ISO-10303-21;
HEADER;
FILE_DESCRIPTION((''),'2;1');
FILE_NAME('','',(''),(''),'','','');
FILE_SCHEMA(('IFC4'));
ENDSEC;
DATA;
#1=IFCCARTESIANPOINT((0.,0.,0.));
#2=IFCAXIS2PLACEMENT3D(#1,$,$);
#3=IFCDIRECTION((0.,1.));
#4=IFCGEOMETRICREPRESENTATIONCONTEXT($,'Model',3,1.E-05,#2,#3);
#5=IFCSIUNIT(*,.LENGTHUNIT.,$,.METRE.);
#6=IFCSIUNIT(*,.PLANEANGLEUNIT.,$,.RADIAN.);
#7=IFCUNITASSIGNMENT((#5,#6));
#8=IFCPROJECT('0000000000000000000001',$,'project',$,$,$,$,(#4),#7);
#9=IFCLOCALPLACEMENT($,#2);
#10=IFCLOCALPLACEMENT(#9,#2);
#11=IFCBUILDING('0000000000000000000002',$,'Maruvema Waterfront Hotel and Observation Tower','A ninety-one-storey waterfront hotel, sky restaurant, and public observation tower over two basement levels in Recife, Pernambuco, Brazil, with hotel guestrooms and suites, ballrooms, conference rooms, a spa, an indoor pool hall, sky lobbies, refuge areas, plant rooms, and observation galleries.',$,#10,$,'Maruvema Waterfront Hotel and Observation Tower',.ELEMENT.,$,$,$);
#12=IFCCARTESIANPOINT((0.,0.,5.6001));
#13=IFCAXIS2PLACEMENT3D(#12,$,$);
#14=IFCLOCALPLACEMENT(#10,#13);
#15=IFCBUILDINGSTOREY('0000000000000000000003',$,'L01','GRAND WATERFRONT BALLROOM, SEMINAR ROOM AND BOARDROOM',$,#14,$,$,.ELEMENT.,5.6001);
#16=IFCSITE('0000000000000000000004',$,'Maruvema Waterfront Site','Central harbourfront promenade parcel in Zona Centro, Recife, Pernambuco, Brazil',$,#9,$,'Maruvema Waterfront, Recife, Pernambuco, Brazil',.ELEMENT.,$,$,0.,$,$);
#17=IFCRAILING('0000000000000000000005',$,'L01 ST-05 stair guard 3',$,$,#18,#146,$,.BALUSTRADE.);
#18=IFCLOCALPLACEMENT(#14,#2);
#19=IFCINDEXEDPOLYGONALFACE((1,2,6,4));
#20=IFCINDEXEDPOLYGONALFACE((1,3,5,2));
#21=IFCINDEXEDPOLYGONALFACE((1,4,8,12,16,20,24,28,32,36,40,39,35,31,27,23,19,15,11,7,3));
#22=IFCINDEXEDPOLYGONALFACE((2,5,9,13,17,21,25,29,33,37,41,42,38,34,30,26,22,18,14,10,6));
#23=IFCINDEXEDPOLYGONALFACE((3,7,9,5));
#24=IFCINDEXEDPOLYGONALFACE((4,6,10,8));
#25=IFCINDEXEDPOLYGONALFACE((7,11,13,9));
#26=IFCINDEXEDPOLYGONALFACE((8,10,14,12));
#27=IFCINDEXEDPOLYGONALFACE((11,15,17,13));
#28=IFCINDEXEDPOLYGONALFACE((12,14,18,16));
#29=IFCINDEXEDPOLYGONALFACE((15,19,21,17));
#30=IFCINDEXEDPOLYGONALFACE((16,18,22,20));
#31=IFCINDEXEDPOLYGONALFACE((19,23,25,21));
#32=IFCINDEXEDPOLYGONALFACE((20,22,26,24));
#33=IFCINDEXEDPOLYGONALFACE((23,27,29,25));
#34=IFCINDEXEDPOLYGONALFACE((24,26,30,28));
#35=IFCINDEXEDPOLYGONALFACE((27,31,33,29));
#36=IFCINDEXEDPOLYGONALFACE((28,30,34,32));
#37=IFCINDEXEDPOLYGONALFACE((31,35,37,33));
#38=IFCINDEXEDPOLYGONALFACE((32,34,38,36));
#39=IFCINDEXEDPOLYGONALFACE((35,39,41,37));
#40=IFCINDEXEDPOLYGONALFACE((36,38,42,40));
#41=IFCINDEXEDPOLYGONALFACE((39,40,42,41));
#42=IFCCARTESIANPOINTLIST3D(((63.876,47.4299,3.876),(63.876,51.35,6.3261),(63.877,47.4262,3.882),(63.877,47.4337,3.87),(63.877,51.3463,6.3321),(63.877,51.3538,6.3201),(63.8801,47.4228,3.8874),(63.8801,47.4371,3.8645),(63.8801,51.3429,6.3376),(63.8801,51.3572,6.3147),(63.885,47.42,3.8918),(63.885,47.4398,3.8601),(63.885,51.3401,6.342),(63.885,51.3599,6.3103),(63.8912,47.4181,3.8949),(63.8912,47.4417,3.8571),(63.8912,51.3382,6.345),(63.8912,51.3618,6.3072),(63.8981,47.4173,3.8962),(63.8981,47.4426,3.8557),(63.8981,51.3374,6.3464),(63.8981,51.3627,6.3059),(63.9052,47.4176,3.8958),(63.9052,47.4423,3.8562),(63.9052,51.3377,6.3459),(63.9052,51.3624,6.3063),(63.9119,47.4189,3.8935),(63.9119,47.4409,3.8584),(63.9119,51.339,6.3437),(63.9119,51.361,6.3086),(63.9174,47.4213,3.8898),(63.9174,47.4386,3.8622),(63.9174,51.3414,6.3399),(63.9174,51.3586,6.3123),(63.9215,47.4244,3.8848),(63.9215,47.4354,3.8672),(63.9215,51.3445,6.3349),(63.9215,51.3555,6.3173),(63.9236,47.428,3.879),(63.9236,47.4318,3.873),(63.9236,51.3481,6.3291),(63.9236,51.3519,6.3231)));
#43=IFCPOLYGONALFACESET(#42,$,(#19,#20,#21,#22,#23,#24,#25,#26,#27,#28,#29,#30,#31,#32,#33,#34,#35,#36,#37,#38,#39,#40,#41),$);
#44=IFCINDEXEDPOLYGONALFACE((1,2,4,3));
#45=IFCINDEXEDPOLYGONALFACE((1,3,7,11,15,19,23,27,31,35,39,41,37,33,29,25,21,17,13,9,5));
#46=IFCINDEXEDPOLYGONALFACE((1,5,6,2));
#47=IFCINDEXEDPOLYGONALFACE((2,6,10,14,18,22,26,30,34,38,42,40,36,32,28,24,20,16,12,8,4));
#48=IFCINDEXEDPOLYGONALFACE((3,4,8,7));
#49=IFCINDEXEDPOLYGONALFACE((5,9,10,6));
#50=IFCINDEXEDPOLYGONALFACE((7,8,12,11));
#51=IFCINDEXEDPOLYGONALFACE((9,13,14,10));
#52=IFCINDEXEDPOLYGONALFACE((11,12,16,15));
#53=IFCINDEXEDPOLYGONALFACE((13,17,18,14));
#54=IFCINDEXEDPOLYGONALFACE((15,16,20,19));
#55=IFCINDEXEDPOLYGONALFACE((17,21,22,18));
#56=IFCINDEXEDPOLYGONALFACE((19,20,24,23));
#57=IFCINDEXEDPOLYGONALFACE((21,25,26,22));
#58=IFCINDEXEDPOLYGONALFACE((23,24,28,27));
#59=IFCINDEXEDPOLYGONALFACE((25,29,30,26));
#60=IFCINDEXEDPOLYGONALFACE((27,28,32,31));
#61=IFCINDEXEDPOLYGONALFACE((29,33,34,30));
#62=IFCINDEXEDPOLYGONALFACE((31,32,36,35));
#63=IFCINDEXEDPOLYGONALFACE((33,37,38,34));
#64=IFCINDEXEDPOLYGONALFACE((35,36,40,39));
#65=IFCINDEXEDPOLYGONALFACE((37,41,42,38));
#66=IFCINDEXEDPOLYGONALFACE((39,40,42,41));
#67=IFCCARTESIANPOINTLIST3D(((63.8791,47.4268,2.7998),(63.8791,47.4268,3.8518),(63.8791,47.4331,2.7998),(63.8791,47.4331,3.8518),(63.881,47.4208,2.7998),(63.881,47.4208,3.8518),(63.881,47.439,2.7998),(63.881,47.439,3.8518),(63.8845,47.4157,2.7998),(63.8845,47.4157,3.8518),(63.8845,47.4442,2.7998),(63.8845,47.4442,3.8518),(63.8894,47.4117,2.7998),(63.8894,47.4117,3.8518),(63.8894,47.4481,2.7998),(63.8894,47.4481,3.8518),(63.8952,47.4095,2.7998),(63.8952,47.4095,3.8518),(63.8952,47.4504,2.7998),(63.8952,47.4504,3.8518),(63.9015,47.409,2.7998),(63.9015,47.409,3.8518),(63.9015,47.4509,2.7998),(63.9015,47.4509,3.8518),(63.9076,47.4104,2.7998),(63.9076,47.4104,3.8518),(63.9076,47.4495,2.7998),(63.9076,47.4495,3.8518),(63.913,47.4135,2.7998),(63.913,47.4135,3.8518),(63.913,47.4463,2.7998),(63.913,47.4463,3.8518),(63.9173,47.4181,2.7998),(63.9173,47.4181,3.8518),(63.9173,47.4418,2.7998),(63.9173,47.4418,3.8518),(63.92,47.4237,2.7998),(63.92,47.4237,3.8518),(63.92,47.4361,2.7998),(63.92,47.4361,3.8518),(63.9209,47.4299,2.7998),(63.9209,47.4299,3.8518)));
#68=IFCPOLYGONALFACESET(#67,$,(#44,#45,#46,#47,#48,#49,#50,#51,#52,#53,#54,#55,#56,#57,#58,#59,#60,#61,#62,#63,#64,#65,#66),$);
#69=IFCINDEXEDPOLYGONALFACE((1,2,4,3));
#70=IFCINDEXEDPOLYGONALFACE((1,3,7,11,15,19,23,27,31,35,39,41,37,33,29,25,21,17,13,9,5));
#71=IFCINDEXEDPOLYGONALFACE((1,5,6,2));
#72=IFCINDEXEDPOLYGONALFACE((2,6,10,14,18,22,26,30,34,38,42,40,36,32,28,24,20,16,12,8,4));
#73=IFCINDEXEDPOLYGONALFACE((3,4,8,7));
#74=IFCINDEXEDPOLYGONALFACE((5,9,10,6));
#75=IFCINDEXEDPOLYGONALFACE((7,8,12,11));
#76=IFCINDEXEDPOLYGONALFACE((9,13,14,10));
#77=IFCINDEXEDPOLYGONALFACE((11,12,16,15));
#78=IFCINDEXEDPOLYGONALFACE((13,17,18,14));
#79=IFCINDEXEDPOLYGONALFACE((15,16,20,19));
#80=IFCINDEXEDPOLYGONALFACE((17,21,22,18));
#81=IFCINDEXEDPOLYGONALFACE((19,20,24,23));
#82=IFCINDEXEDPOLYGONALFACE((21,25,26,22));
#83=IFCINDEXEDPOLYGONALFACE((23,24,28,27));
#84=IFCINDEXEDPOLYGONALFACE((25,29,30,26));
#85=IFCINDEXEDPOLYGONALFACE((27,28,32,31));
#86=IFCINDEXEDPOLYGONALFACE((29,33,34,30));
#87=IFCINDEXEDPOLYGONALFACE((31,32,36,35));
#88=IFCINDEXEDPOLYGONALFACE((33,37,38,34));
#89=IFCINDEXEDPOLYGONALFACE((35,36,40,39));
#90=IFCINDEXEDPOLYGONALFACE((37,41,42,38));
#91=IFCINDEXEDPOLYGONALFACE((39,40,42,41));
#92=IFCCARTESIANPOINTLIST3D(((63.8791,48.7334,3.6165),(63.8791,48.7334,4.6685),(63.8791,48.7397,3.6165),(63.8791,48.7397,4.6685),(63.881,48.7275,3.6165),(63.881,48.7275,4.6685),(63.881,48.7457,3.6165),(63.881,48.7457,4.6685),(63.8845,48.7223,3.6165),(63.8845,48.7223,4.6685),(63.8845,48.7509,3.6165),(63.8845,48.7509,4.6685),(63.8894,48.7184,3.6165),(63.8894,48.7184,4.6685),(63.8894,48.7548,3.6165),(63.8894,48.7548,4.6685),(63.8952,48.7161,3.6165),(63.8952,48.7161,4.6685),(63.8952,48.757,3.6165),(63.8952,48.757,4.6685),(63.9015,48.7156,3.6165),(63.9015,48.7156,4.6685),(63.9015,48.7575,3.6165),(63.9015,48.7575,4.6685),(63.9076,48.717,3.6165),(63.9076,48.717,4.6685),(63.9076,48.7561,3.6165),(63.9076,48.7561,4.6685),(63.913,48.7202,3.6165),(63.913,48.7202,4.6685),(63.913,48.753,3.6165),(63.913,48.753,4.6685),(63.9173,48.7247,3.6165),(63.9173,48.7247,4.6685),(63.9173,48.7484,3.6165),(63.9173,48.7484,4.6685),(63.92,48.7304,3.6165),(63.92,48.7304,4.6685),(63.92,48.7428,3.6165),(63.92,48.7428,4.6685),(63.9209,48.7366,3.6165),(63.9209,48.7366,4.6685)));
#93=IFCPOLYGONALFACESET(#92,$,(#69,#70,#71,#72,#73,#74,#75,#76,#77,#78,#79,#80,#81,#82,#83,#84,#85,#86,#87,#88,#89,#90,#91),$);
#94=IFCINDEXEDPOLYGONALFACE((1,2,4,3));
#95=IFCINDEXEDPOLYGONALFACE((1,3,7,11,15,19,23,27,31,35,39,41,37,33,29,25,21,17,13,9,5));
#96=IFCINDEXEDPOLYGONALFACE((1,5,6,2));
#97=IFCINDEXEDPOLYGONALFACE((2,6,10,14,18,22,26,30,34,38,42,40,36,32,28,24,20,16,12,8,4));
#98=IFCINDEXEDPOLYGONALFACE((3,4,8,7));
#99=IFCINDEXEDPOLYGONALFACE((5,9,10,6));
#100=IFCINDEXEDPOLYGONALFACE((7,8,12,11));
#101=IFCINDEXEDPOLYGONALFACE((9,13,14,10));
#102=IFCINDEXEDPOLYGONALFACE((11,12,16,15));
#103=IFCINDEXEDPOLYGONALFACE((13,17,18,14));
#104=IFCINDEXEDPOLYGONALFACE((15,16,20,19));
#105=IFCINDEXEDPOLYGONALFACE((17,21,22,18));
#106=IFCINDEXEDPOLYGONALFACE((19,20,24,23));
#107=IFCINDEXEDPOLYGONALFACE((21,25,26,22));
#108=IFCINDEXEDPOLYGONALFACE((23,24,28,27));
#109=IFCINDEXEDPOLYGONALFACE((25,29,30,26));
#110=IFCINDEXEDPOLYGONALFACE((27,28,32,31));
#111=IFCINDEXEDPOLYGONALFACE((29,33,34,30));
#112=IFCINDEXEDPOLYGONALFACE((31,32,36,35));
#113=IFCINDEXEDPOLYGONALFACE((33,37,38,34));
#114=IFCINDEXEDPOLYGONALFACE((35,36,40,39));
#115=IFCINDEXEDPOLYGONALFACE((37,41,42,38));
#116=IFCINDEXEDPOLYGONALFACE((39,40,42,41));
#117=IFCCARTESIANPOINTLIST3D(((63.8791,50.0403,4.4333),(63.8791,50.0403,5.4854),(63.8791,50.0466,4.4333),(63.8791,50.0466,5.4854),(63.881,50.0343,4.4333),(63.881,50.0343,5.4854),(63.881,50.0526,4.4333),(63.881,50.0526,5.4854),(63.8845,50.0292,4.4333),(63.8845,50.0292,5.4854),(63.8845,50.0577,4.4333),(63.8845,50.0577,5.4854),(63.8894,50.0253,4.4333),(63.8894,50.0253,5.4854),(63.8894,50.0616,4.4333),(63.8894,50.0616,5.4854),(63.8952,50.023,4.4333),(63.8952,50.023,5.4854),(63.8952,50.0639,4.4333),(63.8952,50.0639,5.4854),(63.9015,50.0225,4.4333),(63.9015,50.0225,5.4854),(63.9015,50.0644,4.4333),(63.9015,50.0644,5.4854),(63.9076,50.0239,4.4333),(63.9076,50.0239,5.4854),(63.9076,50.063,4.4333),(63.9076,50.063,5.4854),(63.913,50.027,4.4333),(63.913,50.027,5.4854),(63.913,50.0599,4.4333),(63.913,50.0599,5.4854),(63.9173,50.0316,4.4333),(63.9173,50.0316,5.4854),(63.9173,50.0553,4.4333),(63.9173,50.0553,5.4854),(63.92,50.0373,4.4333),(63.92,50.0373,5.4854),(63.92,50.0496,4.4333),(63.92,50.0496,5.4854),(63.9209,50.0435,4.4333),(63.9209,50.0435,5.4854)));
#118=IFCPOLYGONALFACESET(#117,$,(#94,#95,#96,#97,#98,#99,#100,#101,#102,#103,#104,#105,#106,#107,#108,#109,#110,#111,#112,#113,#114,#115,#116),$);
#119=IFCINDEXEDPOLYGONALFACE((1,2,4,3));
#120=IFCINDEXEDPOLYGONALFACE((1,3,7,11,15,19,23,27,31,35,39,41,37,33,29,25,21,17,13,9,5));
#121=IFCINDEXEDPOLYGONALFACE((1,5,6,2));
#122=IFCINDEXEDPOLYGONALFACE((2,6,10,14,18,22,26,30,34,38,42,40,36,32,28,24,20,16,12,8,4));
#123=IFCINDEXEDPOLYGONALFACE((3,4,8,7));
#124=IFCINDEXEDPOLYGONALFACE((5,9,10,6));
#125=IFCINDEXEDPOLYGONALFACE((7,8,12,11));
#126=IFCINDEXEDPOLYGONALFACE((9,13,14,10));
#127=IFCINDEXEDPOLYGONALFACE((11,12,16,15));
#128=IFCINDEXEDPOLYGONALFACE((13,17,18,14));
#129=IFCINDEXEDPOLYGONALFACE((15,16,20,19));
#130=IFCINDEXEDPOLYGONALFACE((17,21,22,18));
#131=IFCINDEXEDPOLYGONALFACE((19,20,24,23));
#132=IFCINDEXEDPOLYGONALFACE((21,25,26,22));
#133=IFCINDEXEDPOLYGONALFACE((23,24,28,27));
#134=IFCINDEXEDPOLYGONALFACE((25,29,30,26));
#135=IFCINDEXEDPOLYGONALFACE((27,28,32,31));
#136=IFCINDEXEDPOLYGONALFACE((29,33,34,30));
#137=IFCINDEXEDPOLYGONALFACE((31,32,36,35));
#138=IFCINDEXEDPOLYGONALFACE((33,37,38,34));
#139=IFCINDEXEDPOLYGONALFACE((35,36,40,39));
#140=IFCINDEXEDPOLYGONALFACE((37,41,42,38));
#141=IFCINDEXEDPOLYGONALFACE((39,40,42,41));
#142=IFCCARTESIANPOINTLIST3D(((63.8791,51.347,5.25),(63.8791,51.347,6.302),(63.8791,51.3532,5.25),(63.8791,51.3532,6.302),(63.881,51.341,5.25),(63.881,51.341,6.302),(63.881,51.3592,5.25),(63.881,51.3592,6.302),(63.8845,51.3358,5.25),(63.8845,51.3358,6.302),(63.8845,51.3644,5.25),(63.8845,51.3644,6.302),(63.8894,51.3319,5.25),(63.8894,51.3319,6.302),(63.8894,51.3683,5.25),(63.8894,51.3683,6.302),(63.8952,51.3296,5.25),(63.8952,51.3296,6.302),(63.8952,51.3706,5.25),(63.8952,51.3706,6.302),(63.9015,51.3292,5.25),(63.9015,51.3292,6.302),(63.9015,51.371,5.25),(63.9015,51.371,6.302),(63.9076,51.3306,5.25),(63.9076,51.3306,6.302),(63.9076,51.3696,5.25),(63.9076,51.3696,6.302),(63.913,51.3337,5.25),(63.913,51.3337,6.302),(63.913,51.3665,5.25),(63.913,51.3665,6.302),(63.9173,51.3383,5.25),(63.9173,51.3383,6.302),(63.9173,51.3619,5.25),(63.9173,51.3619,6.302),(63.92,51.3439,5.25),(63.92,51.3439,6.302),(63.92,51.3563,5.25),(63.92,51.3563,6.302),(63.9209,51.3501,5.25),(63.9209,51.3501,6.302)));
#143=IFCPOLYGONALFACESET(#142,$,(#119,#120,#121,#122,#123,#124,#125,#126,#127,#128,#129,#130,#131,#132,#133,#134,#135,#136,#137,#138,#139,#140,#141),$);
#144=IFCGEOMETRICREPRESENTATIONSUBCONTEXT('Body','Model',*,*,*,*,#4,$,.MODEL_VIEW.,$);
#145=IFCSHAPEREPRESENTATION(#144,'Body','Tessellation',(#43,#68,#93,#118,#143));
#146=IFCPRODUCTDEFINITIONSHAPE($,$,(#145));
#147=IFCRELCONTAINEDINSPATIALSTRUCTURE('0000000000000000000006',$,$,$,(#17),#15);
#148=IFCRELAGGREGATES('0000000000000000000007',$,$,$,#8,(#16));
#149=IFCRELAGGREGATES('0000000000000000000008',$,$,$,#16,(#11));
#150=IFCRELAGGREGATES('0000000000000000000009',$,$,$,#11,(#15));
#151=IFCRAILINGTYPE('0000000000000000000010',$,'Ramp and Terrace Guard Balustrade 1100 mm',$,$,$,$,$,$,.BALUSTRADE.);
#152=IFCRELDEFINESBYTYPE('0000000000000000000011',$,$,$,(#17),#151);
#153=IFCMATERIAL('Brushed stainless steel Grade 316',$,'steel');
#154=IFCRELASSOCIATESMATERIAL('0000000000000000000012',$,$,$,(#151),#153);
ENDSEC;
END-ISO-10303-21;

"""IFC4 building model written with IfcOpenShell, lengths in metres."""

from ifc_helpers import new_model, si_unit, direction, frame, origin, origin_2d, place, context, subcontext, project, spatial, circle, extrude, material, type_object, element, save


model = new_model("IFC4")

# Units and contexts
model_context = context("Model", 3, precision=1e-05, world=origin(), true_north=direction((0.0, 1.0)))
body_context = subcontext(model_context, "Body", "Model", "MODEL_VIEW")
ifc_project = project(units=[si_unit("LENGTHUNIT", "METRE"), si_unit("PLANEANGLEUNIT", "RADIAN")], contexts=[model_context])

# Site, building, storey
site_placement = place(None, origin())
site = spatial("IfcSite", under=ifc_project, at=site_placement, Name="Maruvema Waterfront Site", Description="Central harbourfront promenade parcel in Zona Centro, Recife, Pernambuco, Brazil", LongName="Maruvema Waterfront, Recife, Pernambuco, Brazil", CompositionType="ELEMENT", RefElevation=0.0)
building_placement = place(site_placement, origin())
building = spatial("IfcBuilding", under=site, at=building_placement, Name="Maruvema Waterfront Hotel and Observation Tower", Description="A ninety-one-storey waterfront hotel, sky restaurant, and public observation tower over two basement levels in Recife, Pernambuco, Brazil, with hotel guestrooms and suites, ballrooms, conference rooms, a spa, an indoor pool hall, sky lobbies, refuge areas, plant rooms, and observation galleries.", LongName="Maruvema Waterfront Hotel and Observation Tower", CompositionType="ELEMENT")
storey_placement = place(building_placement, frame((0.0, 0.0, 5.6001)))
storey = spatial("IfcBuildingStorey", under=building, at=storey_placement, Name="L01", Description="GRAND WATERFRONT BALLROOM, SEMINAR ROOM AND BOARDROOM", CompositionType="ELEMENT", Elevation=5.6001)

# Railing
ifc_material_1 = material(Name="Brushed stainless steel Grade 316", Category="steel")
railing_type_1 = type_object("IfcRailingType", Name="Ramp and Terrace Guard Balustrade 1100 mm", PredefinedType="BALUSTRADE", material=ifc_material_1)
railing_1_placement = place(storey_placement, frame((63.8999, 47.4299, 2.7998)))
element("IfcRailing", 1, at=railing_1_placement, inside=storey, type_object=railing_type_1, Name="L01 ST-05 stair guard 3", PredefinedType="BALUSTRADE", context=body_context, shape_type="SweptSolid", body=[
    extrude(circle(Radius=0.0239, at=origin_2d()), frame((0.0, 0.0, 1.0762), z_axis=(0.0, 0.847989, 0.530013), x_axis=(-1.0, 0.0, 0.0)), (0.0, 0.0, 1.0), 4.6228),
    extrude(circle(Radius=0.021, at=origin_2d()), origin(), (0.0, 0.0, 1.0), 1.052),
    extrude(circle(Radius=0.021, at=origin_2d()), frame((0.0, 1.3066, 0.8167)), (0.0, 0.0, 1.0), 1.052),
    extrude(circle(Radius=0.021, at=origin_2d()), frame((0.0, 2.6135, 1.6335)), (0.0, 0.0, 1.0), 1.052),
    extrude(circle(Radius=0.021, at=origin_2d()), frame((0.0, 3.9202, 2.4502)), (0.0, 0.0, 1.0), 1.052),
])

save(model, "model.ifc")
